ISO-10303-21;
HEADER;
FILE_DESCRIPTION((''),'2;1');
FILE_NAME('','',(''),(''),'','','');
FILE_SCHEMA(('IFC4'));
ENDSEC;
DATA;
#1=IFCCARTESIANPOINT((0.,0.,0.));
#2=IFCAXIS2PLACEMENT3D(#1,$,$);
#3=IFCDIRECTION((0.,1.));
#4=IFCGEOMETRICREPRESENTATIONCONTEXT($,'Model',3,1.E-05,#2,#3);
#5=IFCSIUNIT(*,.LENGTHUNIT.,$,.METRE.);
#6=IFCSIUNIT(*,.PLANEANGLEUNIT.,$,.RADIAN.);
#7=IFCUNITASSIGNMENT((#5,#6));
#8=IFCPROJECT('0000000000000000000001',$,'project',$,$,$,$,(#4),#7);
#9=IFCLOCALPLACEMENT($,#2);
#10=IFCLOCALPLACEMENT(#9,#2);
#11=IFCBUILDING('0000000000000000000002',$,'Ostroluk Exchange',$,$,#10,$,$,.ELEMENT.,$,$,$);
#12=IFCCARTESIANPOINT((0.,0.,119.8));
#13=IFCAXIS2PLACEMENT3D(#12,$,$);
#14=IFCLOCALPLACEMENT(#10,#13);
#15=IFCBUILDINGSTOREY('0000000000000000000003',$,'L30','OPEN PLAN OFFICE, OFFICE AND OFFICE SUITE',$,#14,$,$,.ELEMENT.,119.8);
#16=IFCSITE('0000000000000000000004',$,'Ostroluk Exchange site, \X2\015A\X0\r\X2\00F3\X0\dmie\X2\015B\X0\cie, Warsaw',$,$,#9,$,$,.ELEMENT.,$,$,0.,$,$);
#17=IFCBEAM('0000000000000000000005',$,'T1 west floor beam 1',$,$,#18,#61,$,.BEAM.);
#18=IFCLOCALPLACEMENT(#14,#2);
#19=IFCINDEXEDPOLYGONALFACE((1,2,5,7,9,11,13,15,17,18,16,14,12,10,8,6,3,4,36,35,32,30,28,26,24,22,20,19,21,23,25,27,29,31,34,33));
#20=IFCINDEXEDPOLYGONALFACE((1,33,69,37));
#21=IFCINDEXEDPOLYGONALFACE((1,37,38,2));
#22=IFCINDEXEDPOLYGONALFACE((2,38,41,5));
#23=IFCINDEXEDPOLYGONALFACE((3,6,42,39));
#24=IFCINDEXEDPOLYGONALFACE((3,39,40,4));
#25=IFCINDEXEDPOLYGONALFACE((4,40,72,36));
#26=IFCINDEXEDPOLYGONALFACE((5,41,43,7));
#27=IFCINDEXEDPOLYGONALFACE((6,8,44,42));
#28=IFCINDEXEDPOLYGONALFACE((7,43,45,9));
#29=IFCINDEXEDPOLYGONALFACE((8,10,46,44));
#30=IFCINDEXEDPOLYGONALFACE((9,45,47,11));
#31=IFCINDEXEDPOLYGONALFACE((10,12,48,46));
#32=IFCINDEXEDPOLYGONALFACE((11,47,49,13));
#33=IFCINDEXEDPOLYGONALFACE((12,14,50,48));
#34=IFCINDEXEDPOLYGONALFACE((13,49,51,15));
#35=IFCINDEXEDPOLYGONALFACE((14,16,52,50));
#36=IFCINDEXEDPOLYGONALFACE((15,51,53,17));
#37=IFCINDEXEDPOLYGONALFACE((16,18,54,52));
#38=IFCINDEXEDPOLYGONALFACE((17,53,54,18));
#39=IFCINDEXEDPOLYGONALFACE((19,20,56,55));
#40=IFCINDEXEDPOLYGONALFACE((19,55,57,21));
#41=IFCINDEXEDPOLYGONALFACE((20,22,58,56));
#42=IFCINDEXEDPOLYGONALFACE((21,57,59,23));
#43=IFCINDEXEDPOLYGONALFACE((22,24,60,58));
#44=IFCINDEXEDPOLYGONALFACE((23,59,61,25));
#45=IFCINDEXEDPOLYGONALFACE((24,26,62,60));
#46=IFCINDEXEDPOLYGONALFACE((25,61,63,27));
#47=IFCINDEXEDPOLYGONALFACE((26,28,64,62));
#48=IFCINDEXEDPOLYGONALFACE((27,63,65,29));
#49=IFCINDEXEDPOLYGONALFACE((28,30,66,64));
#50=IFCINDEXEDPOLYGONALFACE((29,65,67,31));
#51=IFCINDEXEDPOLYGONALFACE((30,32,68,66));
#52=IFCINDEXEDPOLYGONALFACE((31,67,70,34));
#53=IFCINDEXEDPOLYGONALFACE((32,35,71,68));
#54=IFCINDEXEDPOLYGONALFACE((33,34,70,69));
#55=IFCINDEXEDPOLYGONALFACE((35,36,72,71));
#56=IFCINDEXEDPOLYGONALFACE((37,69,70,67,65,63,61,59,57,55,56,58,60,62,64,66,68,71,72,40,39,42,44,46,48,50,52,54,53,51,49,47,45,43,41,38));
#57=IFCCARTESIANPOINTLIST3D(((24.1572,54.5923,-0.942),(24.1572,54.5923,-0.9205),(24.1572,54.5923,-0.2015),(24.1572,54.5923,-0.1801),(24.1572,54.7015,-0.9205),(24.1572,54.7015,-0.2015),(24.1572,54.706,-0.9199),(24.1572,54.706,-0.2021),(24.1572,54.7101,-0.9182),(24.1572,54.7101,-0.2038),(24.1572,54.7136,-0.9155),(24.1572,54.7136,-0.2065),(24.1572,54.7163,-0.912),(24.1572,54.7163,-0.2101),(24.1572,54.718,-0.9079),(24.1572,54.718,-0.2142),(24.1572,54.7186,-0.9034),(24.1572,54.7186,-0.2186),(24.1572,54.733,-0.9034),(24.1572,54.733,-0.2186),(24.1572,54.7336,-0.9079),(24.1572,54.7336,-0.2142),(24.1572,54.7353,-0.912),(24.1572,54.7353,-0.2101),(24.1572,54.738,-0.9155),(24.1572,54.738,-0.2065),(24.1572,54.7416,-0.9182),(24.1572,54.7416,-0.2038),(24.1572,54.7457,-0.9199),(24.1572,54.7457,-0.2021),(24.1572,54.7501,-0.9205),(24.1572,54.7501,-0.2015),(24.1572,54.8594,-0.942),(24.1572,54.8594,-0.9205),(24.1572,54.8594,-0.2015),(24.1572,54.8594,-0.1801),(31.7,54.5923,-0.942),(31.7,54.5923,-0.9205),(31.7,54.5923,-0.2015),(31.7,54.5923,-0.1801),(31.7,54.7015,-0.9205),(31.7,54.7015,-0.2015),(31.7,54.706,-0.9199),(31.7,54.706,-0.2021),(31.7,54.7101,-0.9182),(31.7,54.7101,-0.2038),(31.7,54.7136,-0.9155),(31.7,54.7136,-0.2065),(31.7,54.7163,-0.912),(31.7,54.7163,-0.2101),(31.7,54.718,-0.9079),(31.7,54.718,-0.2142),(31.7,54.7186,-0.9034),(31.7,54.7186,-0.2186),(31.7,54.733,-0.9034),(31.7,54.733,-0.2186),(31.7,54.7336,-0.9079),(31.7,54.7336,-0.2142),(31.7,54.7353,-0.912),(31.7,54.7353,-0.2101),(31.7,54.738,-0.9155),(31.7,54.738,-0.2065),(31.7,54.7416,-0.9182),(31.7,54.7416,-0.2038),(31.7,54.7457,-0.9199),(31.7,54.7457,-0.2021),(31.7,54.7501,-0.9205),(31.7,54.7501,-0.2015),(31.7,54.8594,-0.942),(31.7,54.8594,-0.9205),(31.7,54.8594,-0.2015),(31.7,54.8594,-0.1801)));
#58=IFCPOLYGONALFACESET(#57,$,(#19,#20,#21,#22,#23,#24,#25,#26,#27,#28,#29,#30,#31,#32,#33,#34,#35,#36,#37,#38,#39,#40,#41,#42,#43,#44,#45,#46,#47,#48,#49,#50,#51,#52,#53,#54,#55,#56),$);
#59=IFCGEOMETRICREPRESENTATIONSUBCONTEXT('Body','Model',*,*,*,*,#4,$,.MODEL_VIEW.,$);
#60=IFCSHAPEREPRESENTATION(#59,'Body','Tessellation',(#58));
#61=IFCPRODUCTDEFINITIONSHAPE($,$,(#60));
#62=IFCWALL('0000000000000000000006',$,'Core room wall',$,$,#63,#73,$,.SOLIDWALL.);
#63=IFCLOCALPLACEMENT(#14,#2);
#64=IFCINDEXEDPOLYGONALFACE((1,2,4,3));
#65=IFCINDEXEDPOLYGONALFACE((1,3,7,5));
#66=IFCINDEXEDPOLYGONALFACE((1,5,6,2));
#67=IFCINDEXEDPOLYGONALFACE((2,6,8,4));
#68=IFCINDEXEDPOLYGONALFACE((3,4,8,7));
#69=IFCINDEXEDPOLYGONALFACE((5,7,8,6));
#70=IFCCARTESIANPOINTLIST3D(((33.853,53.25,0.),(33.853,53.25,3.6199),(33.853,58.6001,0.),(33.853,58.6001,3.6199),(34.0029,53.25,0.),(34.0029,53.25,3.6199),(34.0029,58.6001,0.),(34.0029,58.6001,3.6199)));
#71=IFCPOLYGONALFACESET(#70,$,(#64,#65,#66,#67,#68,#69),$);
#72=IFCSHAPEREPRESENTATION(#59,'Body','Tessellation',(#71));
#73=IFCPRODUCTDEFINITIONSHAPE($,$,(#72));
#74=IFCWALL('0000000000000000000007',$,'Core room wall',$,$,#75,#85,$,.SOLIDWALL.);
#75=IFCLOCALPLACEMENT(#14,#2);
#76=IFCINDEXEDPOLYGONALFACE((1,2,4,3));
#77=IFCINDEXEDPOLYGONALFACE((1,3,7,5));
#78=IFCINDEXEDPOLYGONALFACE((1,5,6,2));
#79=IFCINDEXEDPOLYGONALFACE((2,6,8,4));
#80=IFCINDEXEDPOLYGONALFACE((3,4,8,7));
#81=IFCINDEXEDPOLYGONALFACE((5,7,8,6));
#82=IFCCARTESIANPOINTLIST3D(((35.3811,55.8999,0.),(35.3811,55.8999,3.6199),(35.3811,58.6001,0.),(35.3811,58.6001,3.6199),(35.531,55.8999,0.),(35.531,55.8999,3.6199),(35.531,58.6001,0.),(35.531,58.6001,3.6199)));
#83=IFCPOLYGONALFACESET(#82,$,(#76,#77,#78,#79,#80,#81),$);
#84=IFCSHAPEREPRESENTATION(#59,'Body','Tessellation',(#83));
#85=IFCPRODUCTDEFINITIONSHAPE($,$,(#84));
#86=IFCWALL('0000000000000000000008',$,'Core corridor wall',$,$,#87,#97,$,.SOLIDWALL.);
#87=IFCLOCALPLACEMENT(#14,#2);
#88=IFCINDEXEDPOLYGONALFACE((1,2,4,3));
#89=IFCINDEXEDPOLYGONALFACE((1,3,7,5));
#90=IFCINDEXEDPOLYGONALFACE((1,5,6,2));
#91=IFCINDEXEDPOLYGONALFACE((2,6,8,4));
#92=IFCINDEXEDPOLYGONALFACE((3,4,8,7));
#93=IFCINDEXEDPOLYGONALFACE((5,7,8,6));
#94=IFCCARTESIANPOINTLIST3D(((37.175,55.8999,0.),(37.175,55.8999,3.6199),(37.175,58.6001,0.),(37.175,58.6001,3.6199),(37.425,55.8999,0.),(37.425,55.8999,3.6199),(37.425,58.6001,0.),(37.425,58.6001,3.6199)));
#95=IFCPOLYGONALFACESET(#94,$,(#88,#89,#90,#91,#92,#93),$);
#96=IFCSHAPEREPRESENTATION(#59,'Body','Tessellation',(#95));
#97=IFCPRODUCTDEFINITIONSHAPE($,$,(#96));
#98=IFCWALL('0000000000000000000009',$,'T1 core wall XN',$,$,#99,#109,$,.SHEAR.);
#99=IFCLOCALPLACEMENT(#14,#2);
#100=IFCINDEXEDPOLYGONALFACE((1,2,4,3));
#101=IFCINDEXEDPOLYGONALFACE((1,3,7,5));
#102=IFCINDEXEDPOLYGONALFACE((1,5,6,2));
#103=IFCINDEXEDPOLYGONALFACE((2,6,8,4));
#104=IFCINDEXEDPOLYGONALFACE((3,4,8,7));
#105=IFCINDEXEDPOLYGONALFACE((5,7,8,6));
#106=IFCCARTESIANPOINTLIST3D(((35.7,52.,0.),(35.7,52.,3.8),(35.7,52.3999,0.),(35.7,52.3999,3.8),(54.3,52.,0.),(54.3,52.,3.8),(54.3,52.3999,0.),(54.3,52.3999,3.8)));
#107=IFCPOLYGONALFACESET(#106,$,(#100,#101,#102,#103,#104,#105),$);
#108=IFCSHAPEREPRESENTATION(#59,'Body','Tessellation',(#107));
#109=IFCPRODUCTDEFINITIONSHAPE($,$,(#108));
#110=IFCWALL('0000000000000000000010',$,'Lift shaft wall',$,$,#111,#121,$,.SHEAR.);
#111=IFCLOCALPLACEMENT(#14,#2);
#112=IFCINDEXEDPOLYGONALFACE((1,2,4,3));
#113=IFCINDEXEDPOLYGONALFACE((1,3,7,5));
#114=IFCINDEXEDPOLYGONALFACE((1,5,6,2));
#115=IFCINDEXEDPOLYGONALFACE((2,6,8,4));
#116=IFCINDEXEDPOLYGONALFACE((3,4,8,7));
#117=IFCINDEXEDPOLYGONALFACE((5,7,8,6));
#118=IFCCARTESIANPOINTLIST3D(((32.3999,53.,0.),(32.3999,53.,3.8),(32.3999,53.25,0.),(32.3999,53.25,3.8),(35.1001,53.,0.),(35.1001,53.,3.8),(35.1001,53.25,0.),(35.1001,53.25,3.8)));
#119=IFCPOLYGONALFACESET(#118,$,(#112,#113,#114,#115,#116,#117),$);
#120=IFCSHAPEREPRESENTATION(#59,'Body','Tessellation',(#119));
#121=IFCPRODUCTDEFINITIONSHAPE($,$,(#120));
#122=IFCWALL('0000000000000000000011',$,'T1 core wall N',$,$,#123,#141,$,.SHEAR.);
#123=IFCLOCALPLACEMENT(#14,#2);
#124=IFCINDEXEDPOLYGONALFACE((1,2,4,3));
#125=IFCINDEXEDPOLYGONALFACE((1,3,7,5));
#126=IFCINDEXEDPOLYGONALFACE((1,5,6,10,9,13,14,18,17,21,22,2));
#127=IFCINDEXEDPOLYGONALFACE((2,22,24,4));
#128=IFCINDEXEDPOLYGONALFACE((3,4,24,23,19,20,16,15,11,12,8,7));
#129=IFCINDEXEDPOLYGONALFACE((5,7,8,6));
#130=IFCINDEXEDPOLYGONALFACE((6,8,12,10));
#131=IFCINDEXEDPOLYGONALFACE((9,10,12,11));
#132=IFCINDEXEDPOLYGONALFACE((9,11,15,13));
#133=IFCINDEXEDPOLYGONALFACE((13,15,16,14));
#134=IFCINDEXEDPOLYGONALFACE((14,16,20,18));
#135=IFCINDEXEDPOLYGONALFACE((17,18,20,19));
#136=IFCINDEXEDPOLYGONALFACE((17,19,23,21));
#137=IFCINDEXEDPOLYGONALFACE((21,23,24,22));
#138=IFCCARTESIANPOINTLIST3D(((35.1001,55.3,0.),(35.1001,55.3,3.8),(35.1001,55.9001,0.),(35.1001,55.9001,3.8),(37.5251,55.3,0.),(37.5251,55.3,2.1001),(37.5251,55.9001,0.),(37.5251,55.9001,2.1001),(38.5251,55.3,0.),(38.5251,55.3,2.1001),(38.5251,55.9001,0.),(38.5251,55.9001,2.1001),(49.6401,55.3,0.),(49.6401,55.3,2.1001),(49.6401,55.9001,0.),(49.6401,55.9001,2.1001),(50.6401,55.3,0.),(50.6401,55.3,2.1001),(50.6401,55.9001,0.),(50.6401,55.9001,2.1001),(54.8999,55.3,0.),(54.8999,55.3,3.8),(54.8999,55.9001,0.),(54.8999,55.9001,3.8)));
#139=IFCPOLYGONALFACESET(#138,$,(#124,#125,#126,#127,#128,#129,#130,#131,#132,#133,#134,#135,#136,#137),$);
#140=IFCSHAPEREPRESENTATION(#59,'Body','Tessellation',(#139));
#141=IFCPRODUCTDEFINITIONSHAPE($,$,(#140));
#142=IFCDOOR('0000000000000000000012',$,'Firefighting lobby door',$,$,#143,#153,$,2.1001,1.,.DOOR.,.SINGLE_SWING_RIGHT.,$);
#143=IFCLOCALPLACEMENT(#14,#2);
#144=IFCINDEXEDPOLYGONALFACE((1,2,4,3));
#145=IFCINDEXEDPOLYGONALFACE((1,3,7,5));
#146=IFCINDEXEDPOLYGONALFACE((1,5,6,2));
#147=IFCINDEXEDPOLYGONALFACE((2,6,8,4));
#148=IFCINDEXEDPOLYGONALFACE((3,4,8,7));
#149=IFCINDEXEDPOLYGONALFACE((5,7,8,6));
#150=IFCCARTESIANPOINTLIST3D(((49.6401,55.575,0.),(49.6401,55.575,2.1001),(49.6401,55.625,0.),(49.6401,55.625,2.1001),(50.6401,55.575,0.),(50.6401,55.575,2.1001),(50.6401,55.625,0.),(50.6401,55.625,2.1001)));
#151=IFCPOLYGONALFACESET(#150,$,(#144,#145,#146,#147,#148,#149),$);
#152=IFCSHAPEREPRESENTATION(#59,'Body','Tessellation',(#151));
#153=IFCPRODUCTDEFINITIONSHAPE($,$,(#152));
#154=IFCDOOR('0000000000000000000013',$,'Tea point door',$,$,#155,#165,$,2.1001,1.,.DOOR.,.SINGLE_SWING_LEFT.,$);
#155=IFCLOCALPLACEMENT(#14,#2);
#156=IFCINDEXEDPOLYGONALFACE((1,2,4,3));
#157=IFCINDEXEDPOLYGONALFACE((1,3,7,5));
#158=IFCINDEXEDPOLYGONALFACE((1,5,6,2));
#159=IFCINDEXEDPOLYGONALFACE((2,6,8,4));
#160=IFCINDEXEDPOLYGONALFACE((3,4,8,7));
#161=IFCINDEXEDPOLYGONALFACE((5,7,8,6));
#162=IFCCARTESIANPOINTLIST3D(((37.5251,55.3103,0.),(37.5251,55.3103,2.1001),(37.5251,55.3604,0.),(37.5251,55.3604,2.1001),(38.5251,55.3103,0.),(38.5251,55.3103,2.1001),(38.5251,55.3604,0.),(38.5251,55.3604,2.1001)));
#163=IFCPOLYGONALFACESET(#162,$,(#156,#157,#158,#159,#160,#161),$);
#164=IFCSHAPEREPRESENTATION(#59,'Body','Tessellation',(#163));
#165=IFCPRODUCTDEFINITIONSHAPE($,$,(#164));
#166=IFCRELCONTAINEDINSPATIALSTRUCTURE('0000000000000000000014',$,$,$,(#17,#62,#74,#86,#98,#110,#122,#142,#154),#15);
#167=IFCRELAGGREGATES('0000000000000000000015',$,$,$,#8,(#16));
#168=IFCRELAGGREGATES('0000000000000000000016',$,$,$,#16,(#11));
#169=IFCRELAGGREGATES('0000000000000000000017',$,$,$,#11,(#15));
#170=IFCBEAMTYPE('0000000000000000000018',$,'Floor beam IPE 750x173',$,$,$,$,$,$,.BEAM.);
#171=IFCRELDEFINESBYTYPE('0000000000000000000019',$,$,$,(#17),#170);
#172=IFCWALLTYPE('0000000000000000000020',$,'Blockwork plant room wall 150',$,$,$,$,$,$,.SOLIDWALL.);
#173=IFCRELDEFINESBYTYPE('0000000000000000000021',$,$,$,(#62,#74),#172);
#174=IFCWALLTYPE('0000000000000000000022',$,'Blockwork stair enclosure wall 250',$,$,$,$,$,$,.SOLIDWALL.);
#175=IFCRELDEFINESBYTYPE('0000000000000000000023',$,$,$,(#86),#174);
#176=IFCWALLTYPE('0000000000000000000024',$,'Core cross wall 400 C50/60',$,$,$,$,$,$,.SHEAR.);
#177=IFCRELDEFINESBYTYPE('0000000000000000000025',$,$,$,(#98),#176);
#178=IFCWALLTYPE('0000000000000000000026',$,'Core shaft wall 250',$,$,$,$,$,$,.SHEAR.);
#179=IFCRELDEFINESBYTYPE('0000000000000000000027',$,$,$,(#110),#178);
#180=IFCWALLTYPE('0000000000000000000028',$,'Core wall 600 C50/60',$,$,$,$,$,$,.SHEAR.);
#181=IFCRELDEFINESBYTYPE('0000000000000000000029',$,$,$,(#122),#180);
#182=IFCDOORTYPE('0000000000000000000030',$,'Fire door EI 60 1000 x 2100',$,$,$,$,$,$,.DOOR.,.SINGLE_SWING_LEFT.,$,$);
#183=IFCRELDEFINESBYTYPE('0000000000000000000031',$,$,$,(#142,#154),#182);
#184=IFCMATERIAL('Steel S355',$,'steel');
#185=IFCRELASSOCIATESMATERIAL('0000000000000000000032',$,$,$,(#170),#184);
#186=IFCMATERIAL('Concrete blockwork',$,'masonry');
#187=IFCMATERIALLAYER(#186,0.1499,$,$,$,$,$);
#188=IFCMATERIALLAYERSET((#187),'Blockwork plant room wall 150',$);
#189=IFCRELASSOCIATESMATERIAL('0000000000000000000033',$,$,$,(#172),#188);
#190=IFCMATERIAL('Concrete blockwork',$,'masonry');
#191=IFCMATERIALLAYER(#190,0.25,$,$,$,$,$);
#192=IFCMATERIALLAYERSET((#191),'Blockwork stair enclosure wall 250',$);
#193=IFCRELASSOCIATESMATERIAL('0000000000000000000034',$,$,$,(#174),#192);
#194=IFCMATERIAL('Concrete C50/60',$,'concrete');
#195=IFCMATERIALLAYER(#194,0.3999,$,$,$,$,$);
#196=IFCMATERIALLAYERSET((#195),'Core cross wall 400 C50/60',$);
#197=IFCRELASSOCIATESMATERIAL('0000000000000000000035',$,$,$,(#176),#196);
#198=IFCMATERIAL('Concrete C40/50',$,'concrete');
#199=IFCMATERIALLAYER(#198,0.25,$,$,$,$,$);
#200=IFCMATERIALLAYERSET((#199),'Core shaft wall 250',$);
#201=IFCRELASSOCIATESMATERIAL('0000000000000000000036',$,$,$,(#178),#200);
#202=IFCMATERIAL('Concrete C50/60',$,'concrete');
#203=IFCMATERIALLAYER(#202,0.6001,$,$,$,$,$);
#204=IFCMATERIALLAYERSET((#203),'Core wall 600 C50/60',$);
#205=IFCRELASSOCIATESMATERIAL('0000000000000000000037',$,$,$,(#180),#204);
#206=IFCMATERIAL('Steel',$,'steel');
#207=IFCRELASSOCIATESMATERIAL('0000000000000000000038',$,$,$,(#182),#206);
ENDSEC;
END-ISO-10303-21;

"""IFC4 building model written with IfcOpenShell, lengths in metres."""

from ifc_helpers import new_model, si_unit, direction, frame, frame_2d, origin, origin_2d, place, context, subcontext, project, spatial, rectangle, i_section, extrude, material, layer, layer_set, material_profile, profile_set, type_object, element, fill, save


model = new_model("IFC4")

# Units and contexts
model_context = context("Model", 3, precision=1e-05, world=origin(), true_north=direction((0.0, 1.0)))
body_context = subcontext(model_context, "Body", "Model", "MODEL_VIEW")
ifc_project = project(units=[si_unit("LENGTHUNIT", "METRE"), si_unit("PLANEANGLEUNIT", "RADIAN")], contexts=[model_context])

# Site, building, storey
site_placement = place(None, origin())
site = spatial("IfcSite", under=ifc_project, at=site_placement, Name="Ostroluk Exchange site, Śródmieście, Warsaw", CompositionType="ELEMENT", RefElevation=0.0)
building_placement = place(site_placement, origin())
building = spatial("IfcBuilding", under=site, at=building_placement, Name="Ostroluk Exchange", CompositionType="ELEMENT")
storey_placement = place(building_placement, frame((0.0, 0.0, 119.8)))
storey = spatial("IfcBuildingStorey", under=building, at=storey_placement, Name="L30", Description="OPEN PLAN OFFICE, OFFICE AND OFFICE SUITE", CompositionType="ELEMENT", Elevation=119.8)

# Beam
ifc_material_1 = material(Name="Steel S355", Category="steel")
ifc_material_profile = material_profile(ifc_material_1, i_section(OverallWidth=0.2671, OverallDepth=0.762, WebThickness=0.0144, FlangeThickness=0.0215, FilletRadius=0.0171, at=origin_2d()), Name="IPE 750x173")
ifc_profile_set = profile_set([ifc_material_profile], Name="Steel S355")
beam_type = type_object("IfcBeamType", Name="Floor beam IPE 750x173", PredefinedType="BEAM", material=ifc_profile_set)
beam_placement = place(storey_placement, frame((31.7, 54.7258, -0.561), z_axis=(-1.0, 0.0, 0.0), x_axis=(0.0, -1.0, 0.0)))
element("IfcBeam", 1, at=beam_placement, inside=storey, type_object=beam_type, Name="T1 west floor beam 1", PredefinedType="BEAM", context=body_context, shape_type="SweptSolid", body=[
    extrude(i_section(OverallWidth=0.2671, OverallDepth=0.762, WebThickness=0.0144, FlangeThickness=0.0215, FilletRadius=0.0171, at=origin_2d()), origin(), (0.0, 0.0, 1.0), 7.5427),
])

# Walls
ifc_material_2 = material(Name="Concrete blockwork", Category="masonry")
ifc_layer_1 = layer(ifc_material_2, 0.1499)
ifc_layer_set_1 = layer_set([ifc_layer_1], Name="Blockwork plant room wall 150")
wall_type_1 = type_object("IfcWallType", Name="Blockwork plant room wall 150", PredefinedType="SOLIDWALL", material=ifc_layer_set_1)
wall_1_placement = place(storey_placement, frame((33.928, 53.25, 0.0), z_axis=(0.0, 0.0, 1.0), x_axis=(0.0, 1.0, 0.0)))
element("IfcWall", 2, at=wall_1_placement, inside=storey, type_object=wall_type_1, Name="Core room wall", PredefinedType="SOLIDWALL", context=body_context, shape_type="SweptSolid", body=[
    extrude(rectangle(XDim=5.3501, YDim=0.1499, at=frame_2d((2.675, 0.0))), origin(), (0.0, 0.0, 1.0), 3.6199),
])
wall_2_placement = place(storey_placement, frame((35.4561, 55.8999, 0.0), z_axis=(0.0, 0.0, 1.0), x_axis=(0.0, 1.0, 0.0)))
element("IfcWall", 3, at=wall_2_placement, inside=storey, type_object=wall_type_1, Name="Core room wall", PredefinedType="SOLIDWALL", context=body_context, shape_type="SweptSolid", body=[
    extrude(rectangle(XDim=2.7002, YDim=0.1499, at=frame_2d((1.3501, 0.0))), origin(), (0.0, 0.0, 1.0), 3.6199),
])
ifc_material_3 = material(Name="Concrete blockwork", Category="masonry")
ifc_layer_2 = layer(ifc_material_3, 0.25)
ifc_layer_set_2 = layer_set([ifc_layer_2], Name="Blockwork stair enclosure wall 250")
wall_type_2 = type_object("IfcWallType", Name="Blockwork stair enclosure wall 250", PredefinedType="SOLIDWALL", material=ifc_layer_set_2)
wall_3_placement = place(storey_placement, frame((37.3, 55.8999, 0.0), z_axis=(0.0, 0.0, 1.0), x_axis=(0.0, 1.0, 0.0)))
element("IfcWall", 4, at=wall_3_placement, inside=storey, type_object=wall_type_2, Name="Core corridor wall", PredefinedType="SOLIDWALL", context=body_context, shape_type="SweptSolid", body=[
    extrude(rectangle(XDim=2.7002, YDim=0.25, at=frame_2d((1.3501, 0.0))), origin(), (0.0, 0.0, 1.0), 3.6199),
])
ifc_material_4 = material(Name="Concrete C50/60", Category="concrete")
ifc_layer_3 = layer(ifc_material_4, 0.3999)
ifc_layer_set_3 = layer_set([ifc_layer_3], Name="Core cross wall 400 C50/60")
wall_type_3 = type_object("IfcWallType", Name="Core cross wall 400 C50/60", PredefinedType="SHEAR", material=ifc_layer_set_3)
wall_4_placement = place(storey_placement, frame((35.7, 52.2, 0.0), z_axis=(0.0, 0.0, 1.0), x_axis=(1.0, 0.0, 0.0)))
element("IfcWall", 5, at=wall_4_placement, inside=storey, type_object=wall_type_3, Name="T1 core wall XN", PredefinedType="SHEAR", context=body_context, shape_type="SweptSolid", body=[
    extrude(rectangle(XDim=18.6001, YDim=0.3999, at=frame_2d((9.3, 0.0))), origin(), (0.0, 0.0, 1.0), 3.8),
])
ifc_material_5 = material(Name="Concrete C40/50", Category="concrete")
ifc_layer_4 = layer(ifc_material_5, 0.25)
ifc_layer_set_4 = layer_set([ifc_layer_4], Name="Core shaft wall 250")
wall_type_4 = type_object("IfcWallType", Name="Core shaft wall 250", PredefinedType="SHEAR", material=ifc_layer_set_4)
wall_5_placement = place(storey_placement, frame((32.3999, 53.125, 0.0), z_axis=(0.0, 0.0, 1.0), x_axis=(1.0, 0.0, 0.0)))
element("IfcWall", 6, at=wall_5_placement, inside=storey, type_object=wall_type_4, Name="Lift shaft wall", PredefinedType="SHEAR", context=body_context, shape_type="SweptSolid", body=[
    extrude(rectangle(XDim=2.7002, YDim=0.25, at=frame_2d((1.3501, 0.0))), origin(), (0.0, 0.0, 1.0), 3.8),
])

# Wall, openings, doors
ifc_material_6 = material(Name="Concrete C50/60", Category="concrete")
ifc_layer_5 = layer(ifc_material_6, 0.6001)
ifc_layer_set_5 = layer_set([ifc_layer_5], Name="Core wall 600 C50/60")
wall_type_5 = type_object("IfcWallType", Name="Core wall 600 C50/60", PredefinedType="SHEAR", material=ifc_layer_set_5)
wall_6_placement = place(storey_placement, frame((35.1001, 55.6001, 0.0), z_axis=(0.0, 0.0, 1.0), x_axis=(1.0, 0.0, 0.0)))
wall_6 = element("IfcWall", 7, at=wall_6_placement, inside=storey, type_object=wall_type_5, Name="T1 core wall N", PredefinedType="SHEAR", context=body_context, shape_type="SweptSolid", body=[
    extrude(rectangle(XDim=19.7998, YDim=0.6001, at=frame_2d((9.8999, 0.0))), origin(), (0.0, 0.0, 1.0), 3.8),
])
opening_1_placement = place(wall_6_placement, frame((14.54, 0.0, 0.0)))
opening_1 = element("IfcOpeningElement", 8, at=opening_1_placement, cuts=wall_6, PredefinedType="OPENING", context=body_context, shape_type="SweptSolid", body=[
    extrude(rectangle(XDim=1.0, YDim=2.1001, at=frame_2d((0.5, 1.05))), frame((0.0, 0.3101, 0.0), z_axis=(0.0, -1.0, 0.0), x_axis=(1.0, 0.0, 0.0)), (0.0, 0.0, 1.0), 0.6201),
])
opening_2_placement = place(wall_6_placement, frame((2.425, 0.0, 0.0)))
opening_2 = element("IfcOpeningElement", 9, at=opening_2_placement, cuts=wall_6, PredefinedType="OPENING", context=body_context, shape_type="SweptSolid", body=[
    extrude(rectangle(XDim=1.0, YDim=2.1001, at=frame_2d((0.5, 1.05))), frame((0.0, 0.3101, 0.0), z_axis=(0.0, -1.0, 0.0), x_axis=(1.0, 0.0, 0.0)), (0.0, 0.0, 1.0), 0.6201),
])
ifc_material_7 = material(Name="Steel", Category="steel")
door_type = type_object("IfcDoorType", Name="Fire door EI 60 1000 x 2100", OperationType="SINGLE_SWING_LEFT", PredefinedType="DOOR", material=ifc_material_7)
door_1_placement = place(opening_1_placement, origin())
door_1 = element("IfcDoor", 10, at=door_1_placement, inside=storey, type_object=door_type, Name="Firefighting lobby door", OperationType="SINGLE_SWING_RIGHT", OverallHeight=2.1001, OverallWidth=1.0, PredefinedType="DOOR", context=body_context, shape_type="SweptSolid", body=[
    extrude(rectangle(XDim=1.0, YDim=2.1001, at=frame_2d((0.5, 1.05))), frame((0.0, 0.0249, 0.0), z_axis=(0.0, -1.0, 0.0), x_axis=(1.0, 0.0, 0.0)), (0.0, 0.0, 1.0), 0.05),
])
fill(opening_1, door_1)
door_2_placement = place(opening_2_placement, origin())
door_2 = element("IfcDoor", 11, at=door_2_placement, inside=storey, type_object=door_type, Name="Tea point door", OperationType="SINGLE_SWING_LEFT", OverallHeight=2.1001, OverallWidth=1.0, PredefinedType="DOOR", context=body_context, shape_type="SweptSolid", body=[
    extrude(rectangle(XDim=1.0, YDim=2.1001, at=frame_2d((0.5, 1.05))), frame((0.0, -0.2397, 0.0), z_axis=(0.0, -1.0, 0.0), x_axis=(1.0, 0.0, 0.0)), (0.0, 0.0, 1.0), 0.05),
])
fill(opening_2, door_2)

save(model, "model.ifc")
